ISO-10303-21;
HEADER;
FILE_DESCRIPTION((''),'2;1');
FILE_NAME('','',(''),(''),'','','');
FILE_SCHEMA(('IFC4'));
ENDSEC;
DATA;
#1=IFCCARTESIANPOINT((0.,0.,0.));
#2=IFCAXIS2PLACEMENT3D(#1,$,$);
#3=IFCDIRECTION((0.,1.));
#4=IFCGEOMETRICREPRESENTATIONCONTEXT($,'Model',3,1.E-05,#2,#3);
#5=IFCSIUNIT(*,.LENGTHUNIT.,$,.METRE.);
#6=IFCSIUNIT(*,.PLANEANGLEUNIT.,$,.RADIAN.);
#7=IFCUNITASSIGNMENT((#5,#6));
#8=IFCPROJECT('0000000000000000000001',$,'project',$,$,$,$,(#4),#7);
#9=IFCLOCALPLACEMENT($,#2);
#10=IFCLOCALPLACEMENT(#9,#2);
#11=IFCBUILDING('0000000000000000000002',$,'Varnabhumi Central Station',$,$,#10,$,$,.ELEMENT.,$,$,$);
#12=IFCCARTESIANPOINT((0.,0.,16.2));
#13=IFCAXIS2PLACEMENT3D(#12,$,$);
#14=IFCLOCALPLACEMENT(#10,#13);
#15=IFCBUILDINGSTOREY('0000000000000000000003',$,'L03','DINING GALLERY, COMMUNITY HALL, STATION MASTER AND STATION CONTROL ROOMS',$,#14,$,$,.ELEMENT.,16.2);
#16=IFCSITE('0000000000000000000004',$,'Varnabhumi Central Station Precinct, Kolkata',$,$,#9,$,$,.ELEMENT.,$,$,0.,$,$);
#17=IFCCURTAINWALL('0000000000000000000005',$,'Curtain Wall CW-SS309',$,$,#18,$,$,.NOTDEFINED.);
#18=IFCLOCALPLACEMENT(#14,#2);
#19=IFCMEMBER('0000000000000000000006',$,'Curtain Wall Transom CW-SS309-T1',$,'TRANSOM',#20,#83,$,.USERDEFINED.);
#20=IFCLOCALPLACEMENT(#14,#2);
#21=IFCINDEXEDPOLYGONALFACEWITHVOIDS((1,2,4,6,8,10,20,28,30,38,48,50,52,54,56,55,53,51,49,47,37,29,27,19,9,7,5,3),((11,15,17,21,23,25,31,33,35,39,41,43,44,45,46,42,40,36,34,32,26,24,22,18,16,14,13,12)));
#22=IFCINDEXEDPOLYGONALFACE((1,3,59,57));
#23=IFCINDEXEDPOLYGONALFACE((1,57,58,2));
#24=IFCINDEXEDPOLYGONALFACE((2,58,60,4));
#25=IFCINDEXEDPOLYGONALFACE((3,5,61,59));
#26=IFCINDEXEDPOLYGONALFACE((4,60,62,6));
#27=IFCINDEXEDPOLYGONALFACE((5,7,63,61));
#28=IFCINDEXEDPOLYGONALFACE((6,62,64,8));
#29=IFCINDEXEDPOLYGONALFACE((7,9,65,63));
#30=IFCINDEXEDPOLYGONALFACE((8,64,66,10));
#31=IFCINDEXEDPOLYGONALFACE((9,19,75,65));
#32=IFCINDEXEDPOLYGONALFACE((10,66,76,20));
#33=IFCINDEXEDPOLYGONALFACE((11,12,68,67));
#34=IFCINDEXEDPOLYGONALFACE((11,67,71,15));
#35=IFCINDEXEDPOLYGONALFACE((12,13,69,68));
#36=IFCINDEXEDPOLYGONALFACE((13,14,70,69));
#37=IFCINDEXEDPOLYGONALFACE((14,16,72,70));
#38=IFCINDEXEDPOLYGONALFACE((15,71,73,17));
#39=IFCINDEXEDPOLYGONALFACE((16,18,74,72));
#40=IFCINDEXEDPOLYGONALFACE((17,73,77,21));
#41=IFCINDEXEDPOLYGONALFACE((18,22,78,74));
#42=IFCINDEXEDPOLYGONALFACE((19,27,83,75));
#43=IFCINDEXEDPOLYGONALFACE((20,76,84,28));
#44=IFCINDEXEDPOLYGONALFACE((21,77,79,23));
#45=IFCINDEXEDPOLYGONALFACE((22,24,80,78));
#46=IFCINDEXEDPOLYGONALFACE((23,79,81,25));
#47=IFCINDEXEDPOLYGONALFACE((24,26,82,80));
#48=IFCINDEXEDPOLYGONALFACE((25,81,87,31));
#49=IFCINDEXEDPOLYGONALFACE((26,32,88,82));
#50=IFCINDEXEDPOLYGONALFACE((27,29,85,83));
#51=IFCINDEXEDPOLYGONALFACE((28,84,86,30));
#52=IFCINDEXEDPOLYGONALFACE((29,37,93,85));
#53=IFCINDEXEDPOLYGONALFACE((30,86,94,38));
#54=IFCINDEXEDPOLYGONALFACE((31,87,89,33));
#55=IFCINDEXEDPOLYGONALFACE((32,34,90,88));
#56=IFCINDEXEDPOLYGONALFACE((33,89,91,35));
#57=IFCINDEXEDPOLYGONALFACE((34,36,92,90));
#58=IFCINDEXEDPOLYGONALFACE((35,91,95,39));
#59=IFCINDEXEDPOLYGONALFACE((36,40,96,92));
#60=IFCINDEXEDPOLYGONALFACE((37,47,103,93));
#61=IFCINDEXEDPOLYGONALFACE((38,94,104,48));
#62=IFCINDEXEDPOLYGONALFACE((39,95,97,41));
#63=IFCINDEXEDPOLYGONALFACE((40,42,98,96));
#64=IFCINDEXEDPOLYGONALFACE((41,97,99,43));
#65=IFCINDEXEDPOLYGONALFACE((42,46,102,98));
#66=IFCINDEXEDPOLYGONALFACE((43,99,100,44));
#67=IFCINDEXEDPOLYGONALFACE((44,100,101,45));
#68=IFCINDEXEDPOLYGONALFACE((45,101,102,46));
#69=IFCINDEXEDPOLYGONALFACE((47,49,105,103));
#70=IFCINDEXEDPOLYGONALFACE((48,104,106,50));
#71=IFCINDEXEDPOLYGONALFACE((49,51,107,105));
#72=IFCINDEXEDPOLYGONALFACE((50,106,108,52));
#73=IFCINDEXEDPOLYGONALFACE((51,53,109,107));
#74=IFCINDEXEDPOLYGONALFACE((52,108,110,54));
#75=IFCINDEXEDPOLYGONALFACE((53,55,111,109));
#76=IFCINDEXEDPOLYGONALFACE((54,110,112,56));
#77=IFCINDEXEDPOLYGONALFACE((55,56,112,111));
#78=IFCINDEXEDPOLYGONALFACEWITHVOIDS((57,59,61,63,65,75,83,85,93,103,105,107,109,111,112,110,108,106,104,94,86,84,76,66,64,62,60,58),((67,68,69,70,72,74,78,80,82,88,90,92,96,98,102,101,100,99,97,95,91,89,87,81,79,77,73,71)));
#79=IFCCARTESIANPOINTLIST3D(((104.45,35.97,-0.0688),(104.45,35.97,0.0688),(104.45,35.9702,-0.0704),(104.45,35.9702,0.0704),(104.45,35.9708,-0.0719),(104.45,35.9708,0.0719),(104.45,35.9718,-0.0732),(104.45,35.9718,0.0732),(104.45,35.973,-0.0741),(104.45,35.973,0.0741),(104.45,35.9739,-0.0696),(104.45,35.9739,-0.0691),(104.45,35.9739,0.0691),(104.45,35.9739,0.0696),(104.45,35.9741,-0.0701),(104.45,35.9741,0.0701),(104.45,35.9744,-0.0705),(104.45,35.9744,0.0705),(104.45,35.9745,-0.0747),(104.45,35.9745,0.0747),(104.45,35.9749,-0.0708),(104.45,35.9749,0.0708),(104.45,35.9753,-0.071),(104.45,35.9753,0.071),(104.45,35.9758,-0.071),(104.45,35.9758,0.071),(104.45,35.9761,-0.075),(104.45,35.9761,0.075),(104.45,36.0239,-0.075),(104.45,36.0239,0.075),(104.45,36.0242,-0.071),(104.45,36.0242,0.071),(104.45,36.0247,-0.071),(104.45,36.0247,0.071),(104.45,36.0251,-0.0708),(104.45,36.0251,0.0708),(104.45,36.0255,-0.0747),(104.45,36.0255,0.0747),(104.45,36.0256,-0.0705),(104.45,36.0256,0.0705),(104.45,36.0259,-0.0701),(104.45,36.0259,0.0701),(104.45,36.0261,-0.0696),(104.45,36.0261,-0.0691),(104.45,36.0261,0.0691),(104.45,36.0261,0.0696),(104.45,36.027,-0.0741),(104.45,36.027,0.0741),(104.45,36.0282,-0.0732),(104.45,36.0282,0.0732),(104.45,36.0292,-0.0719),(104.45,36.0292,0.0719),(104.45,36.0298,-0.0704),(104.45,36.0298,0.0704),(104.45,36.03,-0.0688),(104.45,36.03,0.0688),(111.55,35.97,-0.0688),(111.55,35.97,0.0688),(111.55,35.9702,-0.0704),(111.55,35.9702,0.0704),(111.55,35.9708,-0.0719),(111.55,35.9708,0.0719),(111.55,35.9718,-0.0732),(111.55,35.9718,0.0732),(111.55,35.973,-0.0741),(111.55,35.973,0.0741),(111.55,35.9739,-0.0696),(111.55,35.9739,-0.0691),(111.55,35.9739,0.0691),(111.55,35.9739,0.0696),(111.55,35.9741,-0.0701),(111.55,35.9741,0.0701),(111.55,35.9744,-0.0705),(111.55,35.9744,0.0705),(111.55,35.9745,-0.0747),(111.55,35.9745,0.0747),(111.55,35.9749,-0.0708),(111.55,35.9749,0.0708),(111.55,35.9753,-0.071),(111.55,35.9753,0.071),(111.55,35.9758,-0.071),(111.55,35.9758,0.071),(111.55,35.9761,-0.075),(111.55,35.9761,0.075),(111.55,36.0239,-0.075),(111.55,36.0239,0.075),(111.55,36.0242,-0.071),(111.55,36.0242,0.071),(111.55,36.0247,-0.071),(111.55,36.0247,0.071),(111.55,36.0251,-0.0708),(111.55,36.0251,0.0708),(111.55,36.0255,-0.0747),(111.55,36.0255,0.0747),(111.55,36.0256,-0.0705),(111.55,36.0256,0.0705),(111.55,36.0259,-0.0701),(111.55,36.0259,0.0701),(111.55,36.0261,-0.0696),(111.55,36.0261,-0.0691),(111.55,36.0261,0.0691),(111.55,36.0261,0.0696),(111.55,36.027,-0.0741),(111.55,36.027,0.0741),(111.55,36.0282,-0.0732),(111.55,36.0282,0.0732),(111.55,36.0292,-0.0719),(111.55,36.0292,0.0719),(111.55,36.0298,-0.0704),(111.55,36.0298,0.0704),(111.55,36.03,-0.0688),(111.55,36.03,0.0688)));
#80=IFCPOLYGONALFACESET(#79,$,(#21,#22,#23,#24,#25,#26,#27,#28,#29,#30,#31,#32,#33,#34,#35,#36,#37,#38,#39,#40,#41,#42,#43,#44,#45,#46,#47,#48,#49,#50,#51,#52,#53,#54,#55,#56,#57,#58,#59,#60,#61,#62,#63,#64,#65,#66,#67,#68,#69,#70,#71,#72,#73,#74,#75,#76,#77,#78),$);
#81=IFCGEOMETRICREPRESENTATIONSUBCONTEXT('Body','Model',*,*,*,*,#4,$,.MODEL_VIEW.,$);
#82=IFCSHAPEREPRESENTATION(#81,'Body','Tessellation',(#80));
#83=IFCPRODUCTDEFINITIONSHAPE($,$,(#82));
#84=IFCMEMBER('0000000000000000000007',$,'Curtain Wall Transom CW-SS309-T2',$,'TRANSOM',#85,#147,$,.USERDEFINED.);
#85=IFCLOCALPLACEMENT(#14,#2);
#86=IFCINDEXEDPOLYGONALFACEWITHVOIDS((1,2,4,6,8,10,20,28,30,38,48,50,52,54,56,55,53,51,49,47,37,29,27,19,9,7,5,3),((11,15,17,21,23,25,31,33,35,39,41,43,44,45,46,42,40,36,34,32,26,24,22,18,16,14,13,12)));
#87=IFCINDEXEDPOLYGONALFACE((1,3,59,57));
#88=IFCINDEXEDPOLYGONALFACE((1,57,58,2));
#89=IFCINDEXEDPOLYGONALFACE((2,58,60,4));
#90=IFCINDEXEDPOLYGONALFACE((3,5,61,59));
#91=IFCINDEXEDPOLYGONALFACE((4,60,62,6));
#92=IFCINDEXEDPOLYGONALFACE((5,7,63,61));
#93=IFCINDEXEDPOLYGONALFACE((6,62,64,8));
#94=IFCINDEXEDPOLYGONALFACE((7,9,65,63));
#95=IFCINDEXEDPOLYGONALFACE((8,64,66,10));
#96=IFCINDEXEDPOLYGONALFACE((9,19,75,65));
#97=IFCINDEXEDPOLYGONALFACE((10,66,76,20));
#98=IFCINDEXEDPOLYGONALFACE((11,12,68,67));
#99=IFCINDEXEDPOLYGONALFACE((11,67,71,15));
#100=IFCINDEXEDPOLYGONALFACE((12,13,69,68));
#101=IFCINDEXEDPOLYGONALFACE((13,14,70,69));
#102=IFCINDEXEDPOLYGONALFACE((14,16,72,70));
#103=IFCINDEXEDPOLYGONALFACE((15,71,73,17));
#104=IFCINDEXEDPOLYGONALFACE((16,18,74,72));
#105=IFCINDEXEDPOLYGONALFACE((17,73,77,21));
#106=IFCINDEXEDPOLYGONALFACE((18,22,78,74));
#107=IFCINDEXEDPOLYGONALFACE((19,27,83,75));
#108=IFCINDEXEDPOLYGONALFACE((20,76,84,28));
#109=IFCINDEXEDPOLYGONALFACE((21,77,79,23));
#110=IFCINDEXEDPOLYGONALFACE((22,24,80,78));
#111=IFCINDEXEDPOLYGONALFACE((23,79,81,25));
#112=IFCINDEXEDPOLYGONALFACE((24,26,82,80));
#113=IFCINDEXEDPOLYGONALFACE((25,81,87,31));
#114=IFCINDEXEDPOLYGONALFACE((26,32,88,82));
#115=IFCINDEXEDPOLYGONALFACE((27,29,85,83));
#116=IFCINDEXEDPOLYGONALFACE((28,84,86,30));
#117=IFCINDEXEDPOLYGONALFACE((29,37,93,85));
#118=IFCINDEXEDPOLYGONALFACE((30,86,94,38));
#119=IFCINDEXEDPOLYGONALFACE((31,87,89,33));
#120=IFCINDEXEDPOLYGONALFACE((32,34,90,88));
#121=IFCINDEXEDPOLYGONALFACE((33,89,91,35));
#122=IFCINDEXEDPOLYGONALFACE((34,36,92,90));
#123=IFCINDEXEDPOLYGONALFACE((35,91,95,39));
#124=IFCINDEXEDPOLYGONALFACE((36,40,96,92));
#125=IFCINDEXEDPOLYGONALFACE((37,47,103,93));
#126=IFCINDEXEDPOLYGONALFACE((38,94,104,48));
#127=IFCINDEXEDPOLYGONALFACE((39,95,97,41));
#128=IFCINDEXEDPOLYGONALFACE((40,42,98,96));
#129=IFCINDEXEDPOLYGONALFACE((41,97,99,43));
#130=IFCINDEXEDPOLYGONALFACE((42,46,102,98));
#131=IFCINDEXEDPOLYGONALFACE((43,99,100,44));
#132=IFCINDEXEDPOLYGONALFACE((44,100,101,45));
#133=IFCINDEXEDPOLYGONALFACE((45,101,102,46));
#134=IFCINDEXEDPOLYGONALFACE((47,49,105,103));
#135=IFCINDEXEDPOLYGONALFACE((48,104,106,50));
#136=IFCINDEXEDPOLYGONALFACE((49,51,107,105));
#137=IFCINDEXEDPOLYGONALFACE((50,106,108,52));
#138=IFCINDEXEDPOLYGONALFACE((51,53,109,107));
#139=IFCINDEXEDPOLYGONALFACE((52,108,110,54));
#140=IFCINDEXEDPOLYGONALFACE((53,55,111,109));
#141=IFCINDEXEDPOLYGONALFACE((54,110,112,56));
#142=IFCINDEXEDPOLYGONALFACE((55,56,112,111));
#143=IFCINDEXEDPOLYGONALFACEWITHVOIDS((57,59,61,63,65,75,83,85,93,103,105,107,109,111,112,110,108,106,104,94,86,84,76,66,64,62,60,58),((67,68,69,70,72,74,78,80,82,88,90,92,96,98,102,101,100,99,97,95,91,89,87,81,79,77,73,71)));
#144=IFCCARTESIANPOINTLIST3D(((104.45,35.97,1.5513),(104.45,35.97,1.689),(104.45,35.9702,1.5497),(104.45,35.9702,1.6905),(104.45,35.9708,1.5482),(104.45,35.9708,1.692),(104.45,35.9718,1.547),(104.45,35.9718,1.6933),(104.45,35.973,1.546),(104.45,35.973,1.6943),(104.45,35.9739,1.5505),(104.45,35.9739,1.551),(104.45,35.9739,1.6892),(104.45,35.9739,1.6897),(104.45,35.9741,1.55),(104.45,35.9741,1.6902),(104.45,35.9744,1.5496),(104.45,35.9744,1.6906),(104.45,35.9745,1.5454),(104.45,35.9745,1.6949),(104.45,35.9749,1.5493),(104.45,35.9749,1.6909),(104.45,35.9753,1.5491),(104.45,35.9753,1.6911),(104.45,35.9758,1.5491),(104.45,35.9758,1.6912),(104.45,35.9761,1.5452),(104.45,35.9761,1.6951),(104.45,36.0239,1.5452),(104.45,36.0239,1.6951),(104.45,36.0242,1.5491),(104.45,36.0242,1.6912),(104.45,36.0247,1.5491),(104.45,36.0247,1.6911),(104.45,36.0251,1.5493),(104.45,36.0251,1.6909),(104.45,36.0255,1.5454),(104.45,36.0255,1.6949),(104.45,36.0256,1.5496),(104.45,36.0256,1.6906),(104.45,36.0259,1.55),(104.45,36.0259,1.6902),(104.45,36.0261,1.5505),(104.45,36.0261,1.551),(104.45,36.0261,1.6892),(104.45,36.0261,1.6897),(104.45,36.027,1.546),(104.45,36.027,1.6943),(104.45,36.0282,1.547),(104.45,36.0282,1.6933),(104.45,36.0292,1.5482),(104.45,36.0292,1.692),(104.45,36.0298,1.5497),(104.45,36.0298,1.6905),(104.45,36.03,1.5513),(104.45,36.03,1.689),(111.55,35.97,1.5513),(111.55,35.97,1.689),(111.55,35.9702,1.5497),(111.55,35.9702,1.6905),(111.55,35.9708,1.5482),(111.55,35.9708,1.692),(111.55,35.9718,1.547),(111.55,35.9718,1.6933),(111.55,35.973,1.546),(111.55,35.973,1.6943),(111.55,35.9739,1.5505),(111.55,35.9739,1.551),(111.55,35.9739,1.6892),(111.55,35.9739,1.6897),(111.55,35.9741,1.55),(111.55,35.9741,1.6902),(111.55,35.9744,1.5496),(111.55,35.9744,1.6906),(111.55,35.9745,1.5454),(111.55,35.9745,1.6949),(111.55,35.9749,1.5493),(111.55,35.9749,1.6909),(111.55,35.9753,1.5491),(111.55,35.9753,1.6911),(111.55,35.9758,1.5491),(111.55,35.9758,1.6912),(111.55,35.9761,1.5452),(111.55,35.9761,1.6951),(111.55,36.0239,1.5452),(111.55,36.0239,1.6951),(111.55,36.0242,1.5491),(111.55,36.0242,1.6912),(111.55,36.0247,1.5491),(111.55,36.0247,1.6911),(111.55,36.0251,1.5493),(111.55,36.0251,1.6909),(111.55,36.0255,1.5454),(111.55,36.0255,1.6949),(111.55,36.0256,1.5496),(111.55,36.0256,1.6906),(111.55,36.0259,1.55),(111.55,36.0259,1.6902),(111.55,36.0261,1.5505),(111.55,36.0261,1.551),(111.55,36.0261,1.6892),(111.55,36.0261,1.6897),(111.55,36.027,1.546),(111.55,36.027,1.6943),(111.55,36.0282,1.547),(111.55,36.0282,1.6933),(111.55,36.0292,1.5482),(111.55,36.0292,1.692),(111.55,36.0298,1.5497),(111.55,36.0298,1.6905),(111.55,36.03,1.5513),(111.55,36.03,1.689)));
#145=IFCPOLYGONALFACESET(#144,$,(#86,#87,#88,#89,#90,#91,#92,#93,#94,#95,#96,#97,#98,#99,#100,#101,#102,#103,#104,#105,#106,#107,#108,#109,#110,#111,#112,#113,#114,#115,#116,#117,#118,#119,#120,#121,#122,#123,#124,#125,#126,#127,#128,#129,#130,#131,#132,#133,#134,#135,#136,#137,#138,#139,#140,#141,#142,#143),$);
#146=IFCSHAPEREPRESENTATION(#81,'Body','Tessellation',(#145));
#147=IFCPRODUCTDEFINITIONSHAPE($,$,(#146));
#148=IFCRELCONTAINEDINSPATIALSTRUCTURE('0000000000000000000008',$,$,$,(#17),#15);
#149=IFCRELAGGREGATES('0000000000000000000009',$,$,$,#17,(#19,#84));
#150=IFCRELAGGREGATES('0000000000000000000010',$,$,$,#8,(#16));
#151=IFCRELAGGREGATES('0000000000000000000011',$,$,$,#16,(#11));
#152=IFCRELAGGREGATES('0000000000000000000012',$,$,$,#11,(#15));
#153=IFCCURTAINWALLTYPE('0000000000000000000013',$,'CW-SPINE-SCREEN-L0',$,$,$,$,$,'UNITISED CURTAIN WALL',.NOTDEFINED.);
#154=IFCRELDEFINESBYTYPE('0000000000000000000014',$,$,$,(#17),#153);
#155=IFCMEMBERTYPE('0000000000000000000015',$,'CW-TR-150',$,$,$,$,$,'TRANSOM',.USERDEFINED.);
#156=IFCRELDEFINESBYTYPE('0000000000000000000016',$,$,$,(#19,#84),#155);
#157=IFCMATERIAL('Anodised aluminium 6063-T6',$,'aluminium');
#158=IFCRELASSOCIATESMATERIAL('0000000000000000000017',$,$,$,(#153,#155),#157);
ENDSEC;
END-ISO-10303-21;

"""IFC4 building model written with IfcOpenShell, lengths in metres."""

from ifc_helpers import new_model, si_unit, direction, frame, origin, origin_2d, place, context, subcontext, project, spatial, hollow_rectangle, extrude, material, material_profile, profile_set, type_object, element, aggregate, save


model = new_model("IFC4")

# Units and contexts
model_context = context("Model", 3, precision=1e-05, world=origin(), true_north=direction((0.0, 1.0)))
body_context = subcontext(model_context, "Body", "Model", "MODEL_VIEW")
ifc_project = project(units=[si_unit("LENGTHUNIT", "METRE"), si_unit("PLANEANGLEUNIT", "RADIAN")], contexts=[model_context])

# Site, building, storey
site_placement = place(None, origin())
site = spatial("IfcSite", under=ifc_project, at=site_placement, Name="Varnabhumi Central Station Precinct, Kolkata", CompositionType="ELEMENT", RefElevation=0.0)
building_placement = place(site_placement, origin())
building = spatial("IfcBuilding", under=site, at=building_placement, Name="Varnabhumi Central Station", CompositionType="ELEMENT")
storey_placement = place(building_placement, frame((0.0, 0.0, 16.2)))
storey = spatial("IfcBuildingStorey", under=building, at=storey_placement, Name="L03", Description="DINING GALLERY, COMMUNITY HALL, STATION MASTER AND STATION CONTROL ROOMS", CompositionType="ELEMENT", Elevation=16.2)

# Curtain wall, members
ifc_material_1 = material(Name="Anodised aluminium 6063-T6", Category="aluminium")
curtain_wall_type = type_object("IfcCurtainWallType", Name="CW-SPINE-SCREEN-L0", ElementType="UNITISED CURTAIN WALL", PredefinedType="NOTDEFINED", material=ifc_material_1)
curtain_wall_placement = place(storey_placement, origin())
curtain_wall = element("IfcCurtainWall", 1, at=curtain_wall_placement, inside=storey, type_object=curtain_wall_type, Name="Curtain Wall CW-SS309", PredefinedType="NOTDEFINED")
ifc_material_profile_1 = material_profile(ifc_material_1, hollow_rectangle(XDim=0.0601, YDim=0.1499, WallThickness=0.0039, InnerFilletRadius=0.002, OuterFilletRadius=0.0061, at=origin_2d()), Name="Anodised aluminium 6063-T6", Category="aluminium")
ifc_profile_set_1 = profile_set([ifc_material_profile_1], Name="Anodised aluminium 6063-T6")
member_type_1 = type_object("IfcMemberType", Name="CW-TR-150", ElementType="TRANSOM", PredefinedType="USERDEFINED", material=ifc_profile_set_1)
member_1_placement = place(storey_placement, frame((104.45, 36.0, 0.0), z_axis=(1.0, 0.0, 0.0), x_axis=(0.0, 1.0, 0.0)))
member_1 = element("IfcMember", 2, at=member_1_placement, type_object=member_type_1, Name="Curtain Wall Transom CW-SS309-T1", ObjectType="TRANSOM", PredefinedType="USERDEFINED", context=body_context, shape_type="SweptSolid", body=[
    extrude(hollow_rectangle(XDim=0.0601, YDim=0.1499, WallThickness=0.0039, InnerFilletRadius=0.002, OuterFilletRadius=0.0061, at=origin_2d()), origin(), (0.0, 0.0, 1.0), 7.1001),
])
member_2_placement = place(storey_placement, frame((104.45, 36.0, 1.6201), z_axis=(1.0, 0.0, 0.0), x_axis=(0.0, 1.0, 0.0)))
member_2 = element("IfcMember", 3, at=member_2_placement, type_object=member_type_1, Name="Curtain Wall Transom CW-SS309-T2", ObjectType="TRANSOM", PredefinedType="USERDEFINED", context=body_context, shape_type="SweptSolid", body=[
    extrude(hollow_rectangle(XDim=0.0601, YDim=0.1499, WallThickness=0.0039, InnerFilletRadius=0.002, OuterFilletRadius=0.0061, at=origin_2d()), origin(), (0.0, 0.0, 1.0), 7.1001),
])
aggregate(curtain_wall, [member_1, member_2])

save(model, "model.ifc")
